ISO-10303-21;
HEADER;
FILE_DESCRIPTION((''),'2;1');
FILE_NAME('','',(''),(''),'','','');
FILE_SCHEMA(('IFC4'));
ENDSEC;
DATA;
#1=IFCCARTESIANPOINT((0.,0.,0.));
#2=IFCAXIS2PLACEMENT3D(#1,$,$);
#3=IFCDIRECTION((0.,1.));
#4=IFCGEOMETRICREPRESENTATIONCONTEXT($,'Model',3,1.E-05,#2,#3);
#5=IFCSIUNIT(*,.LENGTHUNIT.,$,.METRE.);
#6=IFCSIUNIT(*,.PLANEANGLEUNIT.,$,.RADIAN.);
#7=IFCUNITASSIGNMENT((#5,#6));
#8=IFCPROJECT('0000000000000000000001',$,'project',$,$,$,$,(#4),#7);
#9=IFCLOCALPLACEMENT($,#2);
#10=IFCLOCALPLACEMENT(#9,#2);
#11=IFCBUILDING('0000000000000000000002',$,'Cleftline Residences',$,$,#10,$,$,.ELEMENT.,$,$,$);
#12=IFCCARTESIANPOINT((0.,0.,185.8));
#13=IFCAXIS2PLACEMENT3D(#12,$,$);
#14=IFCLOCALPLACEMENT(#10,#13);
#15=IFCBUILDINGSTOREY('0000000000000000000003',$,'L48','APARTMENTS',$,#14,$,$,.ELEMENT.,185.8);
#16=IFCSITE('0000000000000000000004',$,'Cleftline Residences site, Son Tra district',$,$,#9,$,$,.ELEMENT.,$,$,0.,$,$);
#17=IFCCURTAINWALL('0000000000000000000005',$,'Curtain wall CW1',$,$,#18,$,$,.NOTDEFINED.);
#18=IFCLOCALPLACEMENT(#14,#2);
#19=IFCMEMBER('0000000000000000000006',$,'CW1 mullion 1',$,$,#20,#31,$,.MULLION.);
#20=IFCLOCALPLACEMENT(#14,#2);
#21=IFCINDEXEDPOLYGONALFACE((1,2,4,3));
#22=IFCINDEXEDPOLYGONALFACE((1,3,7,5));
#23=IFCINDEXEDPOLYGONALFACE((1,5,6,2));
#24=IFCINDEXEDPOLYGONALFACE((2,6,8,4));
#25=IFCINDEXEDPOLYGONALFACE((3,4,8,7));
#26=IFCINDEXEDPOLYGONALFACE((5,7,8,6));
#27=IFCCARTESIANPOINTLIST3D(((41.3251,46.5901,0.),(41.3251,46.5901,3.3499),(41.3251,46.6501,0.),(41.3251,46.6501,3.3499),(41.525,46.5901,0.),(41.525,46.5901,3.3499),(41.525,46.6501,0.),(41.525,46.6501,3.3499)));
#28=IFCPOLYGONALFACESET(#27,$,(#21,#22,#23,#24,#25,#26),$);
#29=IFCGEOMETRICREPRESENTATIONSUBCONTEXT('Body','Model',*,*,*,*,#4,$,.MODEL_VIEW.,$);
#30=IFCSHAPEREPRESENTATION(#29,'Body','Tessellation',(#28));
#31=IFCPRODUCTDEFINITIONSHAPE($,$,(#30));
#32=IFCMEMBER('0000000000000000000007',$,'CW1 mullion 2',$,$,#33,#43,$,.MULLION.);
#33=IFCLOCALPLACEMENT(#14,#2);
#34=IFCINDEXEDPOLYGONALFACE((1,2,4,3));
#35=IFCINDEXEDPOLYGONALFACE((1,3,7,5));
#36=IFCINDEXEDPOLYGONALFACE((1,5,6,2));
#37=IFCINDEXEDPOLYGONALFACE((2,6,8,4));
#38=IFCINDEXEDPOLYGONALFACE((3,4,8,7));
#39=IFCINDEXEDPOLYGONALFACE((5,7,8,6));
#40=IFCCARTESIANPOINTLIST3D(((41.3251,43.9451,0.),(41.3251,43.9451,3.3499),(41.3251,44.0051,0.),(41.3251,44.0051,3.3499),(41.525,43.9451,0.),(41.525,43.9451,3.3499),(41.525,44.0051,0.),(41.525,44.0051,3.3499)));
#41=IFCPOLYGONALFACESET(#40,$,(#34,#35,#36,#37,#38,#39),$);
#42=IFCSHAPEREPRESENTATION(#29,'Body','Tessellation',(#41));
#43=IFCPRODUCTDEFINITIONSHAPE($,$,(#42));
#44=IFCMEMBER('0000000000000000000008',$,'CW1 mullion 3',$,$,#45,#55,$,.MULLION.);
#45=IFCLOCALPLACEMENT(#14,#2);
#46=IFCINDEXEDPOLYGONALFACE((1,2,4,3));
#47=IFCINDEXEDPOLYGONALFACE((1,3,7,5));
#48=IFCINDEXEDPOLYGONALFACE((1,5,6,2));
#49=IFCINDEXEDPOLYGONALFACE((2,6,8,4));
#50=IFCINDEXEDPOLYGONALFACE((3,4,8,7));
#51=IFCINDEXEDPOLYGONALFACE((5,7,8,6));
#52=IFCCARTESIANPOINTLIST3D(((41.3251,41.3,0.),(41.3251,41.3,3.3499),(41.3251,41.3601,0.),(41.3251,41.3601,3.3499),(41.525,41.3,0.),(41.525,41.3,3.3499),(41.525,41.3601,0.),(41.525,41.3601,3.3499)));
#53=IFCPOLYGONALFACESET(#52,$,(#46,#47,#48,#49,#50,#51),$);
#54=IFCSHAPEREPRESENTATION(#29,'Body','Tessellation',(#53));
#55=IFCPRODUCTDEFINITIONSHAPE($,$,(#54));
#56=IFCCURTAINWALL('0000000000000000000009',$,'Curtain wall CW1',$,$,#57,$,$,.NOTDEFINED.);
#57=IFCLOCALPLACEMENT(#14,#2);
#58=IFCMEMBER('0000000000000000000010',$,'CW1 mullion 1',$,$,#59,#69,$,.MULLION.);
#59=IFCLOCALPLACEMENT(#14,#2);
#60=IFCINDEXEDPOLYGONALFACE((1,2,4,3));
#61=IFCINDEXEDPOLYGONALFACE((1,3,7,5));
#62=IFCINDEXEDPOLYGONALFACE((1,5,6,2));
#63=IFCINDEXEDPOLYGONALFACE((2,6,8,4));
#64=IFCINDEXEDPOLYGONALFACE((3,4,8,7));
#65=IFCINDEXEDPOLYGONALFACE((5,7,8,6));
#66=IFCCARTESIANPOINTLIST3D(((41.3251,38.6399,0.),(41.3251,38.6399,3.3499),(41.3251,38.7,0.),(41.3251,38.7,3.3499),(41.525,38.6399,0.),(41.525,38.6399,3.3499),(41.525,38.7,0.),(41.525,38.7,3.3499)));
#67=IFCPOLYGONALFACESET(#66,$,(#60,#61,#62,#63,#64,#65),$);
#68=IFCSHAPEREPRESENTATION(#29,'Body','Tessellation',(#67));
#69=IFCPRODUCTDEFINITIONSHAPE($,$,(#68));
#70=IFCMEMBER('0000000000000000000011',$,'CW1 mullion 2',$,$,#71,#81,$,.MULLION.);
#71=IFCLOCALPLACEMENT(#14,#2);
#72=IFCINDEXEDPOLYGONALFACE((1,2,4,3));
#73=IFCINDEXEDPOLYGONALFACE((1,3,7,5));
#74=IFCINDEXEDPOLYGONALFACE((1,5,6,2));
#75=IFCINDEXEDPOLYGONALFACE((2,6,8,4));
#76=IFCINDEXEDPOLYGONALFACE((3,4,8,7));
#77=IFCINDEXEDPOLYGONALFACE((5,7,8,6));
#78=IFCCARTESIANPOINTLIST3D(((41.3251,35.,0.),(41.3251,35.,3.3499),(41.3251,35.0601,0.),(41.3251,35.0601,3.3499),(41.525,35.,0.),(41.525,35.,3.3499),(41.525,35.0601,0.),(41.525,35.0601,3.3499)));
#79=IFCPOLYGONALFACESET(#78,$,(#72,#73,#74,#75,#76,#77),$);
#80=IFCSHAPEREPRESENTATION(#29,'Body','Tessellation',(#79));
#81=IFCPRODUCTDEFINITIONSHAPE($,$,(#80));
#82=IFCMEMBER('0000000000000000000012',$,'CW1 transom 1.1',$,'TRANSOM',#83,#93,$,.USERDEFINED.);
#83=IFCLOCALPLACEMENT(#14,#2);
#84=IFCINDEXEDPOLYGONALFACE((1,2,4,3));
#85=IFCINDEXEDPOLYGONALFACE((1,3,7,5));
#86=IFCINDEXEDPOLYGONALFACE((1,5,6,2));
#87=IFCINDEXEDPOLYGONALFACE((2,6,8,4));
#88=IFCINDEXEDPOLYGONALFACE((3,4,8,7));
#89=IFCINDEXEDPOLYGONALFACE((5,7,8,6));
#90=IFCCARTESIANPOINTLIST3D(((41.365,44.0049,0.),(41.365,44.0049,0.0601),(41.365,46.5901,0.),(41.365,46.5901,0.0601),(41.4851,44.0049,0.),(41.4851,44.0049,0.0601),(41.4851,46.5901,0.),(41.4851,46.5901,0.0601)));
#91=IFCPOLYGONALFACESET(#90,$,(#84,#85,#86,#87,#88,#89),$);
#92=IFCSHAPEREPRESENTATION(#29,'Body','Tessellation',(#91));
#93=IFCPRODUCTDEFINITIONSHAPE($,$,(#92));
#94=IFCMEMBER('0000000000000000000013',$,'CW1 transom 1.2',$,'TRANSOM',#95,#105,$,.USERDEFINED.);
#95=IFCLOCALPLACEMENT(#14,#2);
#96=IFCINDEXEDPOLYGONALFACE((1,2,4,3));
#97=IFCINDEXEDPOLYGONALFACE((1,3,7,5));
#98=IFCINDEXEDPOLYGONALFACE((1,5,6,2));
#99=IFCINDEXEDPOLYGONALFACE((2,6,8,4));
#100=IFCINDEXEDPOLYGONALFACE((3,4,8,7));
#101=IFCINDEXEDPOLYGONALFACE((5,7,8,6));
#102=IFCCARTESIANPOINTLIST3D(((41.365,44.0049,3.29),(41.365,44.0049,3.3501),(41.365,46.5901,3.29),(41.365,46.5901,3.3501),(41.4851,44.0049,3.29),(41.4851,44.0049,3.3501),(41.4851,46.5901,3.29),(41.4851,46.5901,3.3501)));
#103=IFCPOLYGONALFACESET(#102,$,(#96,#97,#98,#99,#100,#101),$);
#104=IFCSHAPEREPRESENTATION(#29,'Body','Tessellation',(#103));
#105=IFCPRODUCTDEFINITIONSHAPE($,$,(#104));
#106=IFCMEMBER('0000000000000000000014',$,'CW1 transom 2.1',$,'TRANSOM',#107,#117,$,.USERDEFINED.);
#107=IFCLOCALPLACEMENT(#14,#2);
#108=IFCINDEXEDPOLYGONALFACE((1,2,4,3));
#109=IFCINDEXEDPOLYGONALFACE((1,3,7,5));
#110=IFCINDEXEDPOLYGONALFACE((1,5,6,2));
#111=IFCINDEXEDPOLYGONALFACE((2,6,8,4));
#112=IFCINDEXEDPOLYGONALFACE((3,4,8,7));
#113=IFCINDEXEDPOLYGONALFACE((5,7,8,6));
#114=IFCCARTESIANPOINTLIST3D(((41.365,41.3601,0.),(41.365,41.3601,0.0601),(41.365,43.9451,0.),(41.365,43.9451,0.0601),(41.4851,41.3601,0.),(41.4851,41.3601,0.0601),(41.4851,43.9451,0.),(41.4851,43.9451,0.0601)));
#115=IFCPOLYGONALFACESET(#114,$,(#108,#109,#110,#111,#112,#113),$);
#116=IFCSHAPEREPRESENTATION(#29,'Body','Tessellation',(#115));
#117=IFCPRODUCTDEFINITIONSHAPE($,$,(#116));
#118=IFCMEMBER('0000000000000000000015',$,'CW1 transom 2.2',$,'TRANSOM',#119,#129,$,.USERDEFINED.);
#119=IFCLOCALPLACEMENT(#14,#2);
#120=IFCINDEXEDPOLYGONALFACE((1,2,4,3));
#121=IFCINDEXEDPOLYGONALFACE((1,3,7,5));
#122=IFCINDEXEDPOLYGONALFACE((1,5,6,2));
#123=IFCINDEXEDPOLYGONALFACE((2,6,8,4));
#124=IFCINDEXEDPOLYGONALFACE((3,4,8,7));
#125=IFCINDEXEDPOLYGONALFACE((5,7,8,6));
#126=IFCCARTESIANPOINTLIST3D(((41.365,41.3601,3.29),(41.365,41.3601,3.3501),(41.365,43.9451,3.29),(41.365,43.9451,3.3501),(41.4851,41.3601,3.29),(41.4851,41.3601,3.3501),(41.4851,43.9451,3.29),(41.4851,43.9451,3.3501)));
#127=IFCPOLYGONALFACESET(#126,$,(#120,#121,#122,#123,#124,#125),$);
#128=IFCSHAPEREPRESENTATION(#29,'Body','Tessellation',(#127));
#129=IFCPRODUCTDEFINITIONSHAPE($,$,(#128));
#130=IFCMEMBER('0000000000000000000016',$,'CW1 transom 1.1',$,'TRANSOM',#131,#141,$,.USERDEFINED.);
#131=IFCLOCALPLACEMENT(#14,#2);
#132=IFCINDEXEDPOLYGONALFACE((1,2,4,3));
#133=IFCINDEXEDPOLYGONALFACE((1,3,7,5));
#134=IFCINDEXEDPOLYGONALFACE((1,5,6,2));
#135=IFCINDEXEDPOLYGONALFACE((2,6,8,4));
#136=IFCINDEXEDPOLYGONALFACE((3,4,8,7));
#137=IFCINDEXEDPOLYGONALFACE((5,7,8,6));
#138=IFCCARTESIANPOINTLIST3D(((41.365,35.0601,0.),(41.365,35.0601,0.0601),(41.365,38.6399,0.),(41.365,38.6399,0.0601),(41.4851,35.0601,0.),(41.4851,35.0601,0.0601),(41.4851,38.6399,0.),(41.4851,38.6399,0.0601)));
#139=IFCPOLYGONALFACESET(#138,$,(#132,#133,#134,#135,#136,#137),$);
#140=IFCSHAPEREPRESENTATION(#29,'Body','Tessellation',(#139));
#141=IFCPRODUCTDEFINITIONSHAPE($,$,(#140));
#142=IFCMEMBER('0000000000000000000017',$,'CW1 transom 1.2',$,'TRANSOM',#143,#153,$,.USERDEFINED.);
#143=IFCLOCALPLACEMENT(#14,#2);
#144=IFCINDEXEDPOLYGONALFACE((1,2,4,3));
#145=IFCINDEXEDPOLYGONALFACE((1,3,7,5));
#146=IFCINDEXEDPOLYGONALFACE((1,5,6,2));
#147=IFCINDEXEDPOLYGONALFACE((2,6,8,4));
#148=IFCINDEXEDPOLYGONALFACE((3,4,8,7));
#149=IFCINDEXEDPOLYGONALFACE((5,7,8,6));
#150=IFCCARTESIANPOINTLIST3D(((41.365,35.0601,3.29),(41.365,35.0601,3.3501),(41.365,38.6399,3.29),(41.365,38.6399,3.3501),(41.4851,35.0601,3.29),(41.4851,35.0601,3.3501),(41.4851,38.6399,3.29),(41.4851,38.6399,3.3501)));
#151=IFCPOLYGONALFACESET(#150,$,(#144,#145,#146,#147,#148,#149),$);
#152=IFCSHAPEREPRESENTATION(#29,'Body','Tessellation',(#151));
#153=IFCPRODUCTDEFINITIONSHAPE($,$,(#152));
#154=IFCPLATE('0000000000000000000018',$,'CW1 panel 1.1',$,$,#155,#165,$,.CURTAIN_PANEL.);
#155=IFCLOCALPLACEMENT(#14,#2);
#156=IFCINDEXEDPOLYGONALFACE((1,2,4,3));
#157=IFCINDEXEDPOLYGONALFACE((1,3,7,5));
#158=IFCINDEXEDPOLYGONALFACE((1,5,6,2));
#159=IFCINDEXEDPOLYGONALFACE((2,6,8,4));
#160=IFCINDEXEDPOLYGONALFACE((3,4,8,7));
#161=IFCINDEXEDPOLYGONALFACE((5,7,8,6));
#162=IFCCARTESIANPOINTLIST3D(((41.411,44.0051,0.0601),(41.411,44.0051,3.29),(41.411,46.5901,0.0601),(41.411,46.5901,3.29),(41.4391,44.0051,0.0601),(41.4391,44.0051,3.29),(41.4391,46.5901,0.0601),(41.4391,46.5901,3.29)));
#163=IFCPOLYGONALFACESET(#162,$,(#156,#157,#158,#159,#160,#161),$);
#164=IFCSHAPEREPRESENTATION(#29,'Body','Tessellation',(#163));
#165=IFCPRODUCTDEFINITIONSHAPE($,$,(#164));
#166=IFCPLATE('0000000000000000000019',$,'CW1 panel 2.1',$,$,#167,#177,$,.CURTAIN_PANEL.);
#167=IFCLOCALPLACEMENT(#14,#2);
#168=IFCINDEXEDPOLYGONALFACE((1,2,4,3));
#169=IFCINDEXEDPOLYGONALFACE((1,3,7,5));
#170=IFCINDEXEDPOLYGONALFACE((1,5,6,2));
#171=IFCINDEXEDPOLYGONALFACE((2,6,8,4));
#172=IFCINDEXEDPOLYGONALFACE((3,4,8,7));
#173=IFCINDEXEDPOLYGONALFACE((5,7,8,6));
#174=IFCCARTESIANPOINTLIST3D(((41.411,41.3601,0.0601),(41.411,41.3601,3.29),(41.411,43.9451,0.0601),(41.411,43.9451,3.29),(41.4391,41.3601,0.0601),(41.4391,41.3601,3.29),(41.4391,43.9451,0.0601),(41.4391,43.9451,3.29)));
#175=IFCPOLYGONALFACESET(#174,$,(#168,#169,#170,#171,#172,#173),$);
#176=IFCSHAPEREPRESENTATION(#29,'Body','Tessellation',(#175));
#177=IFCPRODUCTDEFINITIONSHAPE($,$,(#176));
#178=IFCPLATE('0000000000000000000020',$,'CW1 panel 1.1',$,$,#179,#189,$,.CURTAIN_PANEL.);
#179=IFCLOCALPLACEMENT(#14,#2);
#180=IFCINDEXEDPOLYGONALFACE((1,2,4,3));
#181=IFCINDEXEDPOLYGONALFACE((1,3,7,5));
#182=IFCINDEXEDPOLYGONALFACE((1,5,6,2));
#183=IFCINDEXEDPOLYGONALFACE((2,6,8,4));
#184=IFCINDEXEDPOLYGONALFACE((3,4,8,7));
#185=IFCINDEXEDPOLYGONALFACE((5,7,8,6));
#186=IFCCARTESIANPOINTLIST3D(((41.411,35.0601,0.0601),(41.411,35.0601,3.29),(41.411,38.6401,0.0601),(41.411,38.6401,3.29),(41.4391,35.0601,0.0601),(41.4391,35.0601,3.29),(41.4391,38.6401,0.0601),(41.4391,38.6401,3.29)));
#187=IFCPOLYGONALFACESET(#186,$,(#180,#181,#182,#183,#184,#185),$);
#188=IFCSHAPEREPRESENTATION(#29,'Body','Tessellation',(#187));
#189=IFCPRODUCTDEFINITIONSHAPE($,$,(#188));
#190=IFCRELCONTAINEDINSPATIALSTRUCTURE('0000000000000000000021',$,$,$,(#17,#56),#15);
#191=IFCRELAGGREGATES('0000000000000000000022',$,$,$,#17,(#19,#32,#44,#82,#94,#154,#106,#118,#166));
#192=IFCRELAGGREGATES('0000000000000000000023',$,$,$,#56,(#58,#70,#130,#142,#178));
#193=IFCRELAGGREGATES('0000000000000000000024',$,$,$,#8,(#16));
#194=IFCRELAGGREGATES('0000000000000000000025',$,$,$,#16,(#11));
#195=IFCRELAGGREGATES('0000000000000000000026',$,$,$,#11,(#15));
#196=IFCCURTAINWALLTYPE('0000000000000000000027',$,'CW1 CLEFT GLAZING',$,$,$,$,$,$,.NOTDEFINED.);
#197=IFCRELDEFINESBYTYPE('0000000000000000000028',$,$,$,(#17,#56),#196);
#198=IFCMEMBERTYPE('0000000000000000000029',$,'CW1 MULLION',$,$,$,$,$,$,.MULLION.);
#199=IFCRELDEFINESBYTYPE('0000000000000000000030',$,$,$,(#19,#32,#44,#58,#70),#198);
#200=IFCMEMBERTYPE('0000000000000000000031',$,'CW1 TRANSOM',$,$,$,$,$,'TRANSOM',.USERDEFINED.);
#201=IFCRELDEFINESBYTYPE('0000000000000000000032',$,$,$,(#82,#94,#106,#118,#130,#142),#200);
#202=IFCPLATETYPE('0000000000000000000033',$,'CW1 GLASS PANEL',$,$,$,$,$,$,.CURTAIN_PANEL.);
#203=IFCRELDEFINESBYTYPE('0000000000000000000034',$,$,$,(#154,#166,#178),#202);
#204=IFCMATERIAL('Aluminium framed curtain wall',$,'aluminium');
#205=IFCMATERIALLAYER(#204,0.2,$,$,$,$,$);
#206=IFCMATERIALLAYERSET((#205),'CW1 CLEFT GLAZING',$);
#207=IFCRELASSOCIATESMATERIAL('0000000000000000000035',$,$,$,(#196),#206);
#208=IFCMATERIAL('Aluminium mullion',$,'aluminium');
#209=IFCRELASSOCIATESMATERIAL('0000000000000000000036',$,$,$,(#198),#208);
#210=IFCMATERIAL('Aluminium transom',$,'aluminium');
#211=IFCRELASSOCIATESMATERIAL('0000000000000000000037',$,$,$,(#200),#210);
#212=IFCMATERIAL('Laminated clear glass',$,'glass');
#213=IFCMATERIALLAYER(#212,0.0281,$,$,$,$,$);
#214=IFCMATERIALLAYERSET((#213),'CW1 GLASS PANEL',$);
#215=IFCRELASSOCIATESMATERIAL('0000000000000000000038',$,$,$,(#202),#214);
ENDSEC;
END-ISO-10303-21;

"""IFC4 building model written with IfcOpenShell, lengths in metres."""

from ifc_helpers import new_model, si_unit, direction, frame, origin, origin_2d, place, context, subcontext, project, spatial, rectangle, extrude, material, layer, layer_set, material_profile, profile_set, type_object, element, aggregate, save


model = new_model("IFC4")

# Units and contexts
model_context = context("Model", 3, precision=1e-05, world=origin(), true_north=direction((0.0, 1.0)))
body_context = subcontext(model_context, "Body", "Model", "MODEL_VIEW")
ifc_project = project(units=[si_unit("LENGTHUNIT", "METRE"), si_unit("PLANEANGLEUNIT", "RADIAN")], contexts=[model_context])

# Site, building, storey
site_placement = place(None, origin())
site = spatial("IfcSite", under=ifc_project, at=site_placement, Name="Cleftline Residences site, Son Tra district", CompositionType="ELEMENT", RefElevation=0.0)
building_placement = place(site_placement, origin())
building = spatial("IfcBuilding", under=site, at=building_placement, Name="Cleftline Residences", CompositionType="ELEMENT")
storey_placement = place(building_placement, frame((0.0, 0.0, 185.8)))
storey = spatial("IfcBuildingStorey", under=building, at=storey_placement, Name="L48", Description="APARTMENTS", CompositionType="ELEMENT", Elevation=185.8)

# Curtain walls, members
ifc_material_1 = material(Name="Aluminium framed curtain wall", Category="aluminium")
ifc_layer_1 = layer(ifc_material_1, 0.2)
ifc_layer_set_1 = layer_set([ifc_layer_1], Name="CW1 CLEFT GLAZING")
curtain_wall_type = type_object("IfcCurtainWallType", Name="CW1 CLEFT GLAZING", PredefinedType="NOTDEFINED", material=ifc_layer_set_1)
curtain_wall_1_placement = place(storey_placement, origin())
curtain_wall_1 = element("IfcCurtainWall", 1, at=curtain_wall_1_placement, inside=storey, type_object=curtain_wall_type, Name="Curtain wall CW1", PredefinedType="NOTDEFINED")
ifc_material_2 = material(Name="Aluminium mullion", Category="aluminium")
ifc_material_profile_1 = material_profile(ifc_material_2, rectangle(XDim=0.2, YDim=0.0601, at=origin_2d()))
ifc_profile_set_1 = profile_set([ifc_material_profile_1], Name="Aluminium mullion")
member_type_1 = type_object("IfcMemberType", Name="CW1 MULLION", PredefinedType="MULLION", material=ifc_profile_set_1)
member_1_placement = place(storey_placement, frame((41.425, 46.6201, 0.0), z_axis=(0.0, 0.0, 1.0), x_axis=(1.0, 0.0, 0.0)))
member_1 = element("IfcMember", 2, at=member_1_placement, type_object=member_type_1, Name="CW1 mullion 1", PredefinedType="MULLION", context=body_context, shape_type="SweptSolid", body=[
    extrude(rectangle(XDim=0.2, YDim=0.0601, at=origin_2d()), origin(), (0.0, 0.0, 1.0), 3.3499),
])
member_2_placement = place(storey_placement, frame((41.425, 43.9751, 0.0), z_axis=(0.0, 0.0, 1.0), x_axis=(1.0, 0.0, 0.0)))
member_2 = element("IfcMember", 3, at=member_2_placement, type_object=member_type_1, Name="CW1 mullion 2", PredefinedType="MULLION", context=body_context, shape_type="SweptSolid", body=[
    extrude(rectangle(XDim=0.2, YDim=0.0601, at=origin_2d()), origin(), (0.0, 0.0, 1.0), 3.3499),
])
member_3_placement = place(storey_placement, frame((41.425, 41.3301, 0.0), z_axis=(0.0, 0.0, 1.0), x_axis=(1.0, 0.0, 0.0)))
member_3 = element("IfcMember", 4, at=member_3_placement, type_object=member_type_1, Name="CW1 mullion 3", PredefinedType="MULLION", context=body_context, shape_type="SweptSolid", body=[
    extrude(rectangle(XDim=0.2, YDim=0.0601, at=origin_2d()), origin(), (0.0, 0.0, 1.0), 3.3499),
])
curtain_wall_2_placement = place(storey_placement, origin())
curtain_wall_2 = element("IfcCurtainWall", 5, at=curtain_wall_2_placement, inside=storey, type_object=curtain_wall_type, Name="Curtain wall CW1", PredefinedType="NOTDEFINED")
member_4_placement = place(storey_placement, frame((41.425, 38.6699, 0.0), z_axis=(0.0, 0.0, 1.0), x_axis=(1.0, 0.0, 0.0)))
member_4 = element("IfcMember", 6, at=member_4_placement, type_object=member_type_1, Name="CW1 mullion 1", PredefinedType="MULLION", context=body_context, shape_type="SweptSolid", body=[
    extrude(rectangle(XDim=0.2, YDim=0.0601, at=origin_2d()), origin(), (0.0, 0.0, 1.0), 3.3499),
])
member_5_placement = place(storey_placement, frame((41.425, 35.03, 0.0), z_axis=(0.0, 0.0, 1.0), x_axis=(1.0, 0.0, 0.0)))
member_5 = element("IfcMember", 7, at=member_5_placement, type_object=member_type_1, Name="CW1 mullion 2", PredefinedType="MULLION", context=body_context, shape_type="SweptSolid", body=[
    extrude(rectangle(XDim=0.2, YDim=0.0601, at=origin_2d()), origin(), (0.0, 0.0, 1.0), 3.3499),
])

# Members
ifc_material_3 = material(Name="Aluminium transom", Category="aluminium")
ifc_material_profile_2 = material_profile(ifc_material_3, rectangle(XDim=0.1201, YDim=0.0601, at=origin_2d()))
ifc_profile_set_2 = profile_set([ifc_material_profile_2], Name="Aluminium transom")
member_type_2 = type_object("IfcMemberType", Name="CW1 TRANSOM", ElementType="TRANSOM", PredefinedType="USERDEFINED", material=ifc_profile_set_2)
member_6_placement = place(storey_placement, frame((41.425, 46.5901, 0.03), z_axis=(0.0, -1.0, 0.0), x_axis=(1.0, 0.0, 0.0)))
member_6 = element("IfcMember", 8, at=member_6_placement, type_object=member_type_2, Name="CW1 transom 1.1", ObjectType="TRANSOM", PredefinedType="USERDEFINED", context=body_context, shape_type="SweptSolid", body=[
    extrude(rectangle(XDim=0.1201, YDim=0.0601, at=origin_2d()), origin(), (0.0, 0.0, 1.0), 2.5852),
])
member_7_placement = place(storey_placement, frame((41.425, 46.5901, 3.3201), z_axis=(0.0, -1.0, 0.0), x_axis=(1.0, 0.0, 0.0)))
member_7 = element("IfcMember", 9, at=member_7_placement, type_object=member_type_2, Name="CW1 transom 1.2", ObjectType="TRANSOM", PredefinedType="USERDEFINED", context=body_context, shape_type="SweptSolid", body=[
    extrude(rectangle(XDim=0.1201, YDim=0.0601, at=origin_2d()), origin(), (0.0, 0.0, 1.0), 2.5852),
])
member_8_placement = place(storey_placement, frame((41.425, 43.9451, 0.03), z_axis=(0.0, -1.0, 0.0), x_axis=(1.0, 0.0, 0.0)))
member_8 = element("IfcMember", 10, at=member_8_placement, type_object=member_type_2, Name="CW1 transom 2.1", ObjectType="TRANSOM", PredefinedType="USERDEFINED", context=body_context, shape_type="SweptSolid", body=[
    extrude(rectangle(XDim=0.1201, YDim=0.0601, at=origin_2d()), origin(), (0.0, 0.0, 1.0), 2.585),
])
member_9_placement = place(storey_placement, frame((41.425, 43.9451, 3.3201), z_axis=(0.0, -1.0, 0.0), x_axis=(1.0, 0.0, 0.0)))
member_9 = element("IfcMember", 11, at=member_9_placement, type_object=member_type_2, Name="CW1 transom 2.2", ObjectType="TRANSOM", PredefinedType="USERDEFINED", context=body_context, shape_type="SweptSolid", body=[
    extrude(rectangle(XDim=0.1201, YDim=0.0601, at=origin_2d()), origin(), (0.0, 0.0, 1.0), 2.585),
])
member_10_placement = place(storey_placement, frame((41.425, 38.6399, 0.03), z_axis=(0.0, -1.0, 0.0), x_axis=(1.0, 0.0, 0.0)))
member_10 = element("IfcMember", 12, at=member_10_placement, type_object=member_type_2, Name="CW1 transom 1.1", ObjectType="TRANSOM", PredefinedType="USERDEFINED", context=body_context, shape_type="SweptSolid", body=[
    extrude(rectangle(XDim=0.1201, YDim=0.0601, at=origin_2d()), origin(), (0.0, 0.0, 1.0), 3.5798),
])
member_11_placement = place(storey_placement, frame((41.425, 38.6399, 3.3201), z_axis=(0.0, -1.0, 0.0), x_axis=(1.0, 0.0, 0.0)))
member_11 = element("IfcMember", 13, at=member_11_placement, type_object=member_type_2, Name="CW1 transom 1.2", ObjectType="TRANSOM", PredefinedType="USERDEFINED", context=body_context, shape_type="SweptSolid", body=[
    extrude(rectangle(XDim=0.1201, YDim=0.0601, at=origin_2d()), origin(), (0.0, 0.0, 1.0), 3.5798),
])

# Plates
ifc_material_4 = material(Name="Laminated clear glass", Category="glass")
ifc_layer_2 = layer(ifc_material_4, 0.0281)
ifc_layer_set_2 = layer_set([ifc_layer_2], Name="CW1 GLASS PANEL")
plate_type = type_object("IfcPlateType", Name="CW1 GLASS PANEL", PredefinedType="CURTAIN_PANEL", material=ifc_layer_set_2)
plate_1_placement = place(storey_placement, frame((41.425, 45.2976, 0.0601), z_axis=(0.0, 0.0, 1.0), x_axis=(0.0, -1.0, 0.0)))
plate_1 = element("IfcPlate", 14, at=plate_1_placement, type_object=plate_type, Name="CW1 panel 1.1", PredefinedType="CURTAIN_PANEL", context=body_context, shape_type="SweptSolid", body=[
    extrude(rectangle(XDim=2.585, YDim=0.0281, at=origin_2d()), origin(), (0.0, 0.0, 1.0), 3.23),
])
plate_2_placement = place(storey_placement, frame((41.425, 42.6526, 0.0601), z_axis=(0.0, 0.0, 1.0), x_axis=(0.0, -1.0, 0.0)))
plate_2 = element("IfcPlate", 15, at=plate_2_placement, type_object=plate_type, Name="CW1 panel 2.1", PredefinedType="CURTAIN_PANEL", context=body_context, shape_type="SweptSolid", body=[
    extrude(rectangle(XDim=2.585, YDim=0.0281, at=origin_2d()), origin(), (0.0, 0.0, 1.0), 3.23),
])
aggregate(curtain_wall_1, [member_1, member_2, member_3, member_6, member_7, plate_1, member_8, member_9, plate_2])
plate_3_placement = place(storey_placement, frame((41.425, 36.8501, 0.0601), z_axis=(0.0, 0.0, 1.0), x_axis=(0.0, -1.0, 0.0)))
plate_3 = element("IfcPlate", 16, at=plate_3_placement, type_object=plate_type, Name="CW1 panel 1.1", PredefinedType="CURTAIN_PANEL", context=body_context, shape_type="SweptSolid", body=[
    extrude(rectangle(XDim=3.5801, YDim=0.0281, at=origin_2d()), origin(), (0.0, 0.0, 1.0), 3.23),
])
aggregate(curtain_wall_2, [member_4, member_5, member_10, member_11, plate_3])

save(model, "model.ifc")
